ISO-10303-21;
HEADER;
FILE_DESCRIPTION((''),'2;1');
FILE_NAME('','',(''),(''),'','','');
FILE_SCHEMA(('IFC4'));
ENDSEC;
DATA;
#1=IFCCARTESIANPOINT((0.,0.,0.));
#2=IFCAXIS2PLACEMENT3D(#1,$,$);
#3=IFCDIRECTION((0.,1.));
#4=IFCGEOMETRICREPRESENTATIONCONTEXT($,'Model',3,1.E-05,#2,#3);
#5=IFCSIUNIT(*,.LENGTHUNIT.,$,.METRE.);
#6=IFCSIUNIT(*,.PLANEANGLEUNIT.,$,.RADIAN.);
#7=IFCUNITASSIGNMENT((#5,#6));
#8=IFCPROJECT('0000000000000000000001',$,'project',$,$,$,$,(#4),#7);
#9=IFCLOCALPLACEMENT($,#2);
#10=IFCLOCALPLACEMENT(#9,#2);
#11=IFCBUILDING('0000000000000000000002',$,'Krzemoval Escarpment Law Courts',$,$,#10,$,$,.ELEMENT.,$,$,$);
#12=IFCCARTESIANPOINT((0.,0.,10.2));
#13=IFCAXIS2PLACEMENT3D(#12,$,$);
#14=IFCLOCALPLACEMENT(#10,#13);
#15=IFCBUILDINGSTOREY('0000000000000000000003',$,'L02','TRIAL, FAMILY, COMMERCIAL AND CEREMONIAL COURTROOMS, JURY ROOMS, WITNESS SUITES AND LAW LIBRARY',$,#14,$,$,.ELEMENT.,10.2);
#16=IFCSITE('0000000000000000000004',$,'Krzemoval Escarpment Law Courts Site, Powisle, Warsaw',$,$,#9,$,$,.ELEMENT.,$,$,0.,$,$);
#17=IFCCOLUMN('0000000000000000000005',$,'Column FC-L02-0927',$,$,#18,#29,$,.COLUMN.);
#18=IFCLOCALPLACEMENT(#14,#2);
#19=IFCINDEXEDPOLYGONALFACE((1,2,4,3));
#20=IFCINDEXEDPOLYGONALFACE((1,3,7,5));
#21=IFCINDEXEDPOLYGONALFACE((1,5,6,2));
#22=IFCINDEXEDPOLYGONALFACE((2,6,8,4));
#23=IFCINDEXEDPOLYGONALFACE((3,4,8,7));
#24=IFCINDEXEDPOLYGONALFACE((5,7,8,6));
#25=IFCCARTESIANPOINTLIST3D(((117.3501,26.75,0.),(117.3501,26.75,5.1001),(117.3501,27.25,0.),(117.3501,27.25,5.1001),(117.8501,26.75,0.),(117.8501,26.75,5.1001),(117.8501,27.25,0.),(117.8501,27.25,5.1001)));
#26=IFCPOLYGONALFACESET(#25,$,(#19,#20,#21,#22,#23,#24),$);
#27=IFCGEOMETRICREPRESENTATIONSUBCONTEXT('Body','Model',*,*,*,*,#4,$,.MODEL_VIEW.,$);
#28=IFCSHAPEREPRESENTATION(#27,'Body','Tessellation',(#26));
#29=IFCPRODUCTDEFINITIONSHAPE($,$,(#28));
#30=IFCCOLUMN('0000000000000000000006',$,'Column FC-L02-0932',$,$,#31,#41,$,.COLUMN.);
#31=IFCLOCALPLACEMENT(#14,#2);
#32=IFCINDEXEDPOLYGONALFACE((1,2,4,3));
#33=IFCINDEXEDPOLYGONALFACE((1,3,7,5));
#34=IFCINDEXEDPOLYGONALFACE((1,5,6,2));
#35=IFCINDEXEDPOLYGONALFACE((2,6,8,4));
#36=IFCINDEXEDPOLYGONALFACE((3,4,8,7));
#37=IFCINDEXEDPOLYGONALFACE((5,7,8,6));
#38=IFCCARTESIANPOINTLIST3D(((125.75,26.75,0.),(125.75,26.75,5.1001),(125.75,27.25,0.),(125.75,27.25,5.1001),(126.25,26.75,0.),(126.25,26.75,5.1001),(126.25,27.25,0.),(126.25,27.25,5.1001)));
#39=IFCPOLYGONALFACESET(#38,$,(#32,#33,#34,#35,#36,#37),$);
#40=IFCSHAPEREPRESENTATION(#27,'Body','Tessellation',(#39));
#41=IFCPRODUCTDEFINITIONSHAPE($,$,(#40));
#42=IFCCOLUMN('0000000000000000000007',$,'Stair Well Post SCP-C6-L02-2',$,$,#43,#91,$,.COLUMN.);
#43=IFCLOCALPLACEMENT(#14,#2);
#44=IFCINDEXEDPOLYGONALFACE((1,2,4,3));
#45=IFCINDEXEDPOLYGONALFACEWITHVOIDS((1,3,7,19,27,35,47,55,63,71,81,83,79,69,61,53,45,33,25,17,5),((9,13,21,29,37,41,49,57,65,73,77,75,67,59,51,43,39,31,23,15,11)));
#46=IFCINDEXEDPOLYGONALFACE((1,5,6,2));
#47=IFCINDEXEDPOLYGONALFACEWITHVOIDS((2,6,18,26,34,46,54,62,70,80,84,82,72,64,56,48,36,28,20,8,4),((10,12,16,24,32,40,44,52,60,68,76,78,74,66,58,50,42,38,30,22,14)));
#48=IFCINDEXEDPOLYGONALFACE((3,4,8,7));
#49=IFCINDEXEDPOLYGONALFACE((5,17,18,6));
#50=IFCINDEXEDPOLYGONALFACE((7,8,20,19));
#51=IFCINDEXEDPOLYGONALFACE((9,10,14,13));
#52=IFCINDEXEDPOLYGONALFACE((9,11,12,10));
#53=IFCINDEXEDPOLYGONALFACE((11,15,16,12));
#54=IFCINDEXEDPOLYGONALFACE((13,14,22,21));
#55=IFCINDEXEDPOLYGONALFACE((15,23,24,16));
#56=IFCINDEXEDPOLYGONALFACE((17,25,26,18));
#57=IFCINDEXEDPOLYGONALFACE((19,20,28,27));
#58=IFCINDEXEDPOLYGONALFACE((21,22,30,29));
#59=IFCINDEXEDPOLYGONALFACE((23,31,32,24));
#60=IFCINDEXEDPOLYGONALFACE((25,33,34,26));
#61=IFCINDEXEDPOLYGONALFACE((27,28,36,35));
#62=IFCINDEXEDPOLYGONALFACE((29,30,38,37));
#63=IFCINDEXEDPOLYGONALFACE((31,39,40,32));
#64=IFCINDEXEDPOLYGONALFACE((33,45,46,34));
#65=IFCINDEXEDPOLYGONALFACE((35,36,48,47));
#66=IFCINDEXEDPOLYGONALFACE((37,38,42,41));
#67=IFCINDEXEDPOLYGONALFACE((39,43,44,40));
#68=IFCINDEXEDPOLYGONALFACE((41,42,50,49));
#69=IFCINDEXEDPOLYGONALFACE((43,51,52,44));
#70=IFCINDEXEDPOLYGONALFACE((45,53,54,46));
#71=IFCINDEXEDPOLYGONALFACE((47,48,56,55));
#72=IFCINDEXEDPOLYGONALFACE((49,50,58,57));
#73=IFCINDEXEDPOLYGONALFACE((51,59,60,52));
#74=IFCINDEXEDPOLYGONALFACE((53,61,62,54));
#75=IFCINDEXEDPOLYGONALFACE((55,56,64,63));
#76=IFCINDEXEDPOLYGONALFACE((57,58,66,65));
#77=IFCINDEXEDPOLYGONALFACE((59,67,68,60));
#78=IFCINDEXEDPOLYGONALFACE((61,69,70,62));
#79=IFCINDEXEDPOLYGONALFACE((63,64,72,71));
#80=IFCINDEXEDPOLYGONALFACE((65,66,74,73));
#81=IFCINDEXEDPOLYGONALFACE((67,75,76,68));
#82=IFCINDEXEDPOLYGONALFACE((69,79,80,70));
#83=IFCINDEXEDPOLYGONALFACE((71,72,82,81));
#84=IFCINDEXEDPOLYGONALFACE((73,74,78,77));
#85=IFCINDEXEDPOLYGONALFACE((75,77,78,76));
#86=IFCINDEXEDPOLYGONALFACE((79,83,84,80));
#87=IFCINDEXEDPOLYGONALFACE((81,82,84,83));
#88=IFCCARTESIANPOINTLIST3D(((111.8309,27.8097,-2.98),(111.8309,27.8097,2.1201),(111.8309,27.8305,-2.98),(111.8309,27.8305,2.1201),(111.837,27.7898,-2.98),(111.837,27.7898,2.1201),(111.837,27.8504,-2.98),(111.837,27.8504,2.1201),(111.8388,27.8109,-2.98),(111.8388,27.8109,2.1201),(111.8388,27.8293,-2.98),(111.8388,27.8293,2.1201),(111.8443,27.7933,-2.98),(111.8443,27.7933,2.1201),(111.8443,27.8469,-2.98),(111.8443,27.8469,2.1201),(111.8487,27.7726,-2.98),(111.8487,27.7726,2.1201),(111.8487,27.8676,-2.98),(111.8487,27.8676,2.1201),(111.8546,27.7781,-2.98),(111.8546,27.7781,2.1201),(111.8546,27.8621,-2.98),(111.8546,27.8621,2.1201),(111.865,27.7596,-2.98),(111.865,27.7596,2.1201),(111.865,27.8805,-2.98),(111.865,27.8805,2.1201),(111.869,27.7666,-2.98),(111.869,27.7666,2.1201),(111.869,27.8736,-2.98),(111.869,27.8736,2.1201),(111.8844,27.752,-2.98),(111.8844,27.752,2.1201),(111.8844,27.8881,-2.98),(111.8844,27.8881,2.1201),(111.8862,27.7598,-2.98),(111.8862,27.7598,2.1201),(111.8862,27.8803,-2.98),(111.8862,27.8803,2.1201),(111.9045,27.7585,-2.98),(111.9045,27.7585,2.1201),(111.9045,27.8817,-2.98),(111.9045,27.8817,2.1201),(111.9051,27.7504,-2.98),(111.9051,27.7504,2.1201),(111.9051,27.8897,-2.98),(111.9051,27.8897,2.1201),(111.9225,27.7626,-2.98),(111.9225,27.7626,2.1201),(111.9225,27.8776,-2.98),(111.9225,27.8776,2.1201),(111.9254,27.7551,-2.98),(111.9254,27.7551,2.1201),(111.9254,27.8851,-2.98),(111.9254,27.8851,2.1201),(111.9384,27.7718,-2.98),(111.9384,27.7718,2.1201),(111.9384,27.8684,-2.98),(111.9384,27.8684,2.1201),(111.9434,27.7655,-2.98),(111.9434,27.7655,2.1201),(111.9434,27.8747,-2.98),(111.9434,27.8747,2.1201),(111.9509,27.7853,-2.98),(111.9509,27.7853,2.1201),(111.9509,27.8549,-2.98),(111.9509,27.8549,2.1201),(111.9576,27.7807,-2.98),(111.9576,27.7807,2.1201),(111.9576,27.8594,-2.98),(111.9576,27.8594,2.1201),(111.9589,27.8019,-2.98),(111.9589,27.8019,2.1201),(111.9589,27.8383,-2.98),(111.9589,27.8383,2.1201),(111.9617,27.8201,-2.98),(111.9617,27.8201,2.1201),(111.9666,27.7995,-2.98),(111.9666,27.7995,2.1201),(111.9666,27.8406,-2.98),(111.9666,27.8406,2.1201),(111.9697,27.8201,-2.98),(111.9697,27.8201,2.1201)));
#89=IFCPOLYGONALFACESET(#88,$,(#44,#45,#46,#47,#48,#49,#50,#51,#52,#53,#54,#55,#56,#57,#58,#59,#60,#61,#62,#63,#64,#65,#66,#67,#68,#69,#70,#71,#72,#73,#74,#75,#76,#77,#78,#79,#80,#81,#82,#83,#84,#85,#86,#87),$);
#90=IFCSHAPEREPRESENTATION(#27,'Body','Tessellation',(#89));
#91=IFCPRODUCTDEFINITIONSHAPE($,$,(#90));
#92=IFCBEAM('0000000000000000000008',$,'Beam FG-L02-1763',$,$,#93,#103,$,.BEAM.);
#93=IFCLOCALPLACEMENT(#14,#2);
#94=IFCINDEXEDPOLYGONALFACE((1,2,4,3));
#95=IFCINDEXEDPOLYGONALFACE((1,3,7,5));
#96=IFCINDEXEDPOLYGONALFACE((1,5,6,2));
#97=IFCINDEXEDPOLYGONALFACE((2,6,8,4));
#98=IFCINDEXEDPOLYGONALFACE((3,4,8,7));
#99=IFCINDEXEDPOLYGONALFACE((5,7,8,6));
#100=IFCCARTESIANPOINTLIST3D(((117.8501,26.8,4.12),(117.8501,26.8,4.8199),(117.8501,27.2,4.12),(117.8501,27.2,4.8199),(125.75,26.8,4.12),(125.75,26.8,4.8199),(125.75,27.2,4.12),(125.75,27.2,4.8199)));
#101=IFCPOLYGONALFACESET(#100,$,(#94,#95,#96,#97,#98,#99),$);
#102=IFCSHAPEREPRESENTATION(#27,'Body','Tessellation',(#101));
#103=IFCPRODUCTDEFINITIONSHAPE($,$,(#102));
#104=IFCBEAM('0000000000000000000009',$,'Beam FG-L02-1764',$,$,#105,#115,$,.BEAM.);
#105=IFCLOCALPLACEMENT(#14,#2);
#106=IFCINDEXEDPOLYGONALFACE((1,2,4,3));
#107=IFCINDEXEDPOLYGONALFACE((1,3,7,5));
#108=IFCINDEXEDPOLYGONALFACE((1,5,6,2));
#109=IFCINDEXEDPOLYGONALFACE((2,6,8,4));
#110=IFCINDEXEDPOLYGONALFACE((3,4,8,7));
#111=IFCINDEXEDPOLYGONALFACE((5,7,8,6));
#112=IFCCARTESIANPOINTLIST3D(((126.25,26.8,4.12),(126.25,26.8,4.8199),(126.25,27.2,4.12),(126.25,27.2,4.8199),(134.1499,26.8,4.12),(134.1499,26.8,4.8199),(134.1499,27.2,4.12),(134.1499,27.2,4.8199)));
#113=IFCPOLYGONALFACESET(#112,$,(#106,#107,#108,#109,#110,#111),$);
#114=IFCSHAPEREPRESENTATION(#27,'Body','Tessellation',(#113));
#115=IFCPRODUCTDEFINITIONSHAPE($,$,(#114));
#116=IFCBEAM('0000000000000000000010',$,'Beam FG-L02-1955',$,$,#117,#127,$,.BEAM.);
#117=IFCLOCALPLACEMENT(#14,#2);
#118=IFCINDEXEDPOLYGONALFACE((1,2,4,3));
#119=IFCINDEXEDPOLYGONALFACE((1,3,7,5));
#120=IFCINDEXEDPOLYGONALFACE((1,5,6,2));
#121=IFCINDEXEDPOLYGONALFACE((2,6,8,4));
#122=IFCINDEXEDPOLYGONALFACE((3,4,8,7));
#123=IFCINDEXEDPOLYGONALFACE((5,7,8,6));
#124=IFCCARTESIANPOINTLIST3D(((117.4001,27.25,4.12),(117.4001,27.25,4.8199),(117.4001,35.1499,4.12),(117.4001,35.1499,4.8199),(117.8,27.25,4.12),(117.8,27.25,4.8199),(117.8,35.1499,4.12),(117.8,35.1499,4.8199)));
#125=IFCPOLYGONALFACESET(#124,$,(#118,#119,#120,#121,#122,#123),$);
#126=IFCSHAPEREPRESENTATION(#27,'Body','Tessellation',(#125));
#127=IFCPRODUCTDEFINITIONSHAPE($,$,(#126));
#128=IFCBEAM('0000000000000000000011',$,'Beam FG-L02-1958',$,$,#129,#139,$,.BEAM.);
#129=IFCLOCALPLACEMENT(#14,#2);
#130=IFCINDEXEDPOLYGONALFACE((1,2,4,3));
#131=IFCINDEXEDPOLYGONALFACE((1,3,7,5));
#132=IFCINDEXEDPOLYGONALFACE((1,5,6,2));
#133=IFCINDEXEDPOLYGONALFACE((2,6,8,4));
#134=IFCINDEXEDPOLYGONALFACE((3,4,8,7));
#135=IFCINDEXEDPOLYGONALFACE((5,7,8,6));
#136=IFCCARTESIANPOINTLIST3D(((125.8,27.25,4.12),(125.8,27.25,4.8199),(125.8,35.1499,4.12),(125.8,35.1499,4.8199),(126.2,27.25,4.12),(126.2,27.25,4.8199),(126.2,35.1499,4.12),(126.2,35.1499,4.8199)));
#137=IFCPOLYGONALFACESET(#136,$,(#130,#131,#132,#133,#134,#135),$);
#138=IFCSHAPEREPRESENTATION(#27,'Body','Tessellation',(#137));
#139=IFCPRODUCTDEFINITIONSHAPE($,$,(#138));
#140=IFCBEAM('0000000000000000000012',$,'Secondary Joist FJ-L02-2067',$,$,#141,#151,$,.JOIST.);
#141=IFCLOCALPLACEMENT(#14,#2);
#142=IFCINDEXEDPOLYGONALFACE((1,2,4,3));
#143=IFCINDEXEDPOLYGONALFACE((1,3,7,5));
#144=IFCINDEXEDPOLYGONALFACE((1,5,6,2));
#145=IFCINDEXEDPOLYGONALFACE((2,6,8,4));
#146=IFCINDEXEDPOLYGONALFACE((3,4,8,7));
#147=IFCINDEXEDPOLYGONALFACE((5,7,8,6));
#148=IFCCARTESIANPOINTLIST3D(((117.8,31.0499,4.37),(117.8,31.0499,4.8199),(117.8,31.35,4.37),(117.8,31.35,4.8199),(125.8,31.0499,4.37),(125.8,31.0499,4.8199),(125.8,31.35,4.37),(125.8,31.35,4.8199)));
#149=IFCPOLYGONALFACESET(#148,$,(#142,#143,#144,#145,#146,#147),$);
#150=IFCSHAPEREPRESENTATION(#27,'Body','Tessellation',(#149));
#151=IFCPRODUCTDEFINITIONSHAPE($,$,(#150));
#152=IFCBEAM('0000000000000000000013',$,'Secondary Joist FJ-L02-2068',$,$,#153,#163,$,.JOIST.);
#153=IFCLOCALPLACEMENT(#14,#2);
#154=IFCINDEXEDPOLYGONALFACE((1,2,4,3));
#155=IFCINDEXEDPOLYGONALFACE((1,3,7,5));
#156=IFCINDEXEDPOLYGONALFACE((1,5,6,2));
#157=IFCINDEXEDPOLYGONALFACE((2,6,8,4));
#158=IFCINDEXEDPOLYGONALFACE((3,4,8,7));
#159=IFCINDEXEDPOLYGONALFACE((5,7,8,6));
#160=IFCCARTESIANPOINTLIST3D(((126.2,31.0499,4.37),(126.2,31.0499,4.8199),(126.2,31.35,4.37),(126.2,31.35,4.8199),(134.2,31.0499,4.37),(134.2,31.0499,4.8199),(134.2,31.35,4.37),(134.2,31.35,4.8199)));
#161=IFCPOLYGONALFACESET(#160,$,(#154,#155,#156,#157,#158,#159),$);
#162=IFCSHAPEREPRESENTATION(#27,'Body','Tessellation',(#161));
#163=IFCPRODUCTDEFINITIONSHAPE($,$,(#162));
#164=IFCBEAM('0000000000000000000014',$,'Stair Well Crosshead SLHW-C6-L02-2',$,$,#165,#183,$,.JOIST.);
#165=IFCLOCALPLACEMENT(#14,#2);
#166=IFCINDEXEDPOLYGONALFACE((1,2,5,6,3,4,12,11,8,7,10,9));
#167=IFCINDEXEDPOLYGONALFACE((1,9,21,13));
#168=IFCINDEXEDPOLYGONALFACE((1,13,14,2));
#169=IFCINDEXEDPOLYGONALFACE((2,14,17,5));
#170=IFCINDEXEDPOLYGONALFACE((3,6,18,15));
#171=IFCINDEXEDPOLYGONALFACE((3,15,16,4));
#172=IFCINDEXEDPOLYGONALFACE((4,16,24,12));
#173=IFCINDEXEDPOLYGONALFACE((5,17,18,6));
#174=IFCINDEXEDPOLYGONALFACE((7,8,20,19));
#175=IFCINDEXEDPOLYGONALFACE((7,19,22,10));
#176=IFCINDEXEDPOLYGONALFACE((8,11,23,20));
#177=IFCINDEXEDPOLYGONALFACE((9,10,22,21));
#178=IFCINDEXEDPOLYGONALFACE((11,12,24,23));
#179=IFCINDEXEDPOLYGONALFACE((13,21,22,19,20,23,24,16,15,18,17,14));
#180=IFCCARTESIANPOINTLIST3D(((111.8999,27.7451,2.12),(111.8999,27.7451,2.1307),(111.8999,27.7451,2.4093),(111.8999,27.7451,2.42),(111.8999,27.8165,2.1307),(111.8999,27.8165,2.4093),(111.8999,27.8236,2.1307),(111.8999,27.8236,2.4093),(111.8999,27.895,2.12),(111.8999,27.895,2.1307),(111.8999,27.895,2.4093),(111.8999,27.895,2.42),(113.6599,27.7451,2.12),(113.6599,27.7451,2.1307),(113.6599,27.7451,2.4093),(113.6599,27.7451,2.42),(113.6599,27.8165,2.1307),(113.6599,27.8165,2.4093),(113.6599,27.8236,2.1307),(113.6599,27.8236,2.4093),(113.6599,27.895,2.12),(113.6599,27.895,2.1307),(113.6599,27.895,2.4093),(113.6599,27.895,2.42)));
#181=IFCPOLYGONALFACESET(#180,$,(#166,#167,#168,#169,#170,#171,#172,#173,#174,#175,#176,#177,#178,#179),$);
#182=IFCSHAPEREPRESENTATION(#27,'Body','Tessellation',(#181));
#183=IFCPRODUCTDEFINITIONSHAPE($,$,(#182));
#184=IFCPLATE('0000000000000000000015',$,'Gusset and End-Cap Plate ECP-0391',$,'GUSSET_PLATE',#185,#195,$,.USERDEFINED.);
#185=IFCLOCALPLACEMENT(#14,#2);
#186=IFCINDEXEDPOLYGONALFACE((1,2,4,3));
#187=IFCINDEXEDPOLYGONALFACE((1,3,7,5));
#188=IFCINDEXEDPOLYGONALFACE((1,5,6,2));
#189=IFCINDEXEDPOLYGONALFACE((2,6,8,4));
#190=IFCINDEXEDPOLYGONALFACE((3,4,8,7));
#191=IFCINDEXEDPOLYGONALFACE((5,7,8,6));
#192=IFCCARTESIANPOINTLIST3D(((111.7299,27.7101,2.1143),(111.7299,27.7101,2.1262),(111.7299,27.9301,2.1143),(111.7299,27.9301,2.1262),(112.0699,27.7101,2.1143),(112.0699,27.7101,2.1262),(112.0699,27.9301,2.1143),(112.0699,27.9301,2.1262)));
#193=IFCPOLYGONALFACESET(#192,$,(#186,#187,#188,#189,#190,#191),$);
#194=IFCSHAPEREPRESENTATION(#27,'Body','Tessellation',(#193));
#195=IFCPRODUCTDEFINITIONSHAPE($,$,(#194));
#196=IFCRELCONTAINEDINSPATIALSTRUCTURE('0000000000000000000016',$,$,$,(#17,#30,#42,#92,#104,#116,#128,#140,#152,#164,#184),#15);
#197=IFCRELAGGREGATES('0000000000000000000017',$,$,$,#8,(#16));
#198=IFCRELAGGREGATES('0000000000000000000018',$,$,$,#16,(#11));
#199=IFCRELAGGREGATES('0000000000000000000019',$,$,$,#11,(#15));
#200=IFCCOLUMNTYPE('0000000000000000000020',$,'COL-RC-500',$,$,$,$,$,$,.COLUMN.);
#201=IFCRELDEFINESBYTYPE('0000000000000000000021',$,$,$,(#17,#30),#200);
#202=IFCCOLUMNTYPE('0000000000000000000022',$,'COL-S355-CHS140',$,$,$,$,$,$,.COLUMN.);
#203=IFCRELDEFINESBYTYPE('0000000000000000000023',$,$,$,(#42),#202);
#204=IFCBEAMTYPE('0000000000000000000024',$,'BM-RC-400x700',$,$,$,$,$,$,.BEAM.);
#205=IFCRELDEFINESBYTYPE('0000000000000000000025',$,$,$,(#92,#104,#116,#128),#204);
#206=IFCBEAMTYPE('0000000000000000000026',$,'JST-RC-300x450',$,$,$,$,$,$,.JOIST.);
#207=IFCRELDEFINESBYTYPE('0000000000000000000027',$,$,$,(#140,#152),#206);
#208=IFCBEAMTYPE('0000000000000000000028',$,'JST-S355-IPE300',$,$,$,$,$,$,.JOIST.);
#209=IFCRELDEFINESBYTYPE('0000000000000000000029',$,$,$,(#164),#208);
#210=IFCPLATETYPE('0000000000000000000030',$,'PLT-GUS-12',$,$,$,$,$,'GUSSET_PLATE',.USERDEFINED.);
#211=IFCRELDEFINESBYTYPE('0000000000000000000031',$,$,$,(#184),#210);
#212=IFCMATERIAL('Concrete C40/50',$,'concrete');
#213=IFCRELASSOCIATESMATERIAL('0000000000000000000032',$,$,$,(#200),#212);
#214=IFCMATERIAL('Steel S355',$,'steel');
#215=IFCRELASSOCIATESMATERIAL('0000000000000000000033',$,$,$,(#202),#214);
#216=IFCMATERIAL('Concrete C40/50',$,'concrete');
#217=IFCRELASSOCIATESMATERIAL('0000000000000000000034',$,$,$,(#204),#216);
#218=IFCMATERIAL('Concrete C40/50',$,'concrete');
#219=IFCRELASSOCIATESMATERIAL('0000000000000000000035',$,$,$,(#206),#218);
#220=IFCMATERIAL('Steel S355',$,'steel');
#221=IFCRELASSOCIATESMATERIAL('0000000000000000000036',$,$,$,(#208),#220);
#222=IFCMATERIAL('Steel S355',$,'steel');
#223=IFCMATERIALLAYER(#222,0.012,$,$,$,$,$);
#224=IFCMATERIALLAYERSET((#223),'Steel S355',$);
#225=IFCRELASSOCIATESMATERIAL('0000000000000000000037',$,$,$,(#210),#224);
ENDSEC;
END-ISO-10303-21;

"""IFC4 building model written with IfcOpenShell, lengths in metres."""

from ifc_helpers import new_model, si_unit, direction, frame, origin, origin_2d, place, context, subcontext, project, spatial, rectangle, hollow_circle, i_section, extrude, material, layer, layer_set, material_profile, profile_set, type_object, element, save


model = new_model("IFC4")

# Units and contexts
model_context = context("Model", 3, precision=1e-05, world=origin(), true_north=direction((0.0, 1.0)))
body_context = subcontext(model_context, "Body", "Model", "MODEL_VIEW")
ifc_project = project(units=[si_unit("LENGTHUNIT", "METRE"), si_unit("PLANEANGLEUNIT", "RADIAN")], contexts=[model_context])

# Site, building, storey
site_placement = place(None, origin())
site = spatial("IfcSite", under=ifc_project, at=site_placement, Name="Krzemoval Escarpment Law Courts Site, Powisle, Warsaw", CompositionType="ELEMENT", RefElevation=0.0)
building_placement = place(site_placement, origin())
building = spatial("IfcBuilding", under=site, at=building_placement, Name="Krzemoval Escarpment Law Courts", CompositionType="ELEMENT")
storey_placement = place(building_placement, frame((0.0, 0.0, 10.2)))
storey = spatial("IfcBuildingStorey", under=building, at=storey_placement, Name="L02", Description="TRIAL, FAMILY, COMMERCIAL AND CEREMONIAL COURTROOMS, JURY ROOMS, WITNESS SUITES AND LAW LIBRARY", CompositionType="ELEMENT", Elevation=10.2)

# Columns
ifc_material_1 = material(Name="Concrete C40/50", Category="concrete")
ifc_material_profile_1 = material_profile(ifc_material_1, rectangle(XDim=0.5, YDim=0.5, at=origin_2d()), Name="RC 500x500")
ifc_profile_set_1 = profile_set([ifc_material_profile_1], Name="Concrete C40/50")
column_type_1 = type_object("IfcColumnType", Name="COL-RC-500", PredefinedType="COLUMN", material=ifc_profile_set_1)
for number, where, z_axis, x_axis, name in (
    (1, (117.6001, 27.0, 0.0), (0.0, 0.0, 1.0), (1.0, 0.0, 0.0), "Column FC-L02-0927"),
    (2, (126.0, 27.0, 0.0), (0.0, 0.0, 1.0), (1.0, 0.0, 0.0), "Column FC-L02-0932"),
):
    element("IfcColumn", number, at=place(storey_placement, frame(where, z_axis=z_axis, x_axis=x_axis)), inside=storey, type_object=column_type_1, Name=name, PredefinedType="COLUMN", context=body_context, shape_type="SweptSolid", body=[
        extrude(rectangle(XDim=0.5, YDim=0.5, at=origin_2d()), origin(), (0.0, 0.0, 1.0), 5.1001),
    ])
ifc_material_2 = material(Name="Steel S355", Category="steel")
ifc_material_profile_2 = material_profile(ifc_material_2, hollow_circle(Radius=0.0698, WallThickness=0.0081, at=origin_2d()), Name="CHS 139.7x8")
ifc_profile_set_2 = profile_set([ifc_material_profile_2], Name="Steel S355")
column_type_2 = type_object("IfcColumnType", Name="COL-S355-CHS140", PredefinedType="COLUMN", material=ifc_profile_set_2)
column_placement = place(storey_placement, frame((111.8999, 27.8201, -2.98), z_axis=(0.0, 0.0, 1.0), x_axis=(1.0, 0.0, 0.0)))
element("IfcColumn", 3, at=column_placement, inside=storey, type_object=column_type_2, Name="Stair Well Post SCP-C6-L02-2", PredefinedType="COLUMN", context=body_context, shape_type="SweptSolid", body=[
    extrude(hollow_circle(Radius=0.0698, WallThickness=0.0081, at=origin_2d()), origin(), (0.0, 0.0, 1.0), 5.1001),
])

# Beams
ifc_material_3 = material(Name="Concrete C40/50", Category="concrete")
ifc_material_profile_3 = material_profile(ifc_material_3, rectangle(XDim=0.3999, YDim=0.7, at=origin_2d()), Name="RCB 400x700")
ifc_profile_set_3 = profile_set([ifc_material_profile_3], Name="Concrete C40/50")
beam_type_1 = type_object("IfcBeamType", Name="BM-RC-400x700", PredefinedType="BEAM", material=ifc_profile_set_3)
for number, where, z_axis, x_axis, name in (
    (4, (117.8501, 27.0, 4.47), (1.0, 0.0, 0.0), (0.0, 1.0, 0.0), "Beam FG-L02-1763"),
    (5, (126.25, 27.0, 4.47), (1.0, 0.0, 0.0), (0.0, 1.0, 0.0), "Beam FG-L02-1764"),
    (6, (117.6001, 27.25, 4.47), (0.0, 1.0, 0.0), (-1.0, 0.0, 0.0), "Beam FG-L02-1955"),
    (7, (126.0, 27.25, 4.47), (0.0, 1.0, 0.0), (-1.0, 0.0, 0.0), "Beam FG-L02-1958"),
):
    element("IfcBeam", number, at=place(storey_placement, frame(where, z_axis=z_axis, x_axis=x_axis)), inside=storey, type_object=beam_type_1, Name=name, PredefinedType="BEAM", context=body_context, shape_type="SweptSolid", body=[
        extrude(rectangle(XDim=0.3999, YDim=0.7, at=origin_2d()), origin(), (0.0, 0.0, 1.0), 7.8999),
    ])
ifc_material_4 = material(Name="Concrete C40/50", Category="concrete")
ifc_material_profile_4 = material_profile(ifc_material_4, rectangle(XDim=0.3, YDim=0.45, at=origin_2d()), Name="RCB 300x450")
ifc_profile_set_4 = profile_set([ifc_material_profile_4], Name="Concrete C40/50")
beam_type_2 = type_object("IfcBeamType", Name="JST-RC-300x450", PredefinedType="JOIST", material=ifc_profile_set_4)
for number, where, z_axis, x_axis, name in (
    (8, (117.8, 31.2, 4.595), (1.0, 0.0, 0.0), (0.0, 1.0, 0.0), "Secondary Joist FJ-L02-2067"),
    (9, (126.2, 31.2, 4.595), (1.0, 0.0, 0.0), (0.0, 1.0, 0.0), "Secondary Joist FJ-L02-2068"),
):
    element("IfcBeam", number, at=place(storey_placement, frame(where, z_axis=z_axis, x_axis=x_axis)), inside=storey, type_object=beam_type_2, Name=name, PredefinedType="JOIST", context=body_context, shape_type="SweptSolid", body=[
        extrude(rectangle(XDim=0.3, YDim=0.45, at=origin_2d()), origin(), (0.0, 0.0, 1.0), 8.0),
    ])
ifc_material_5 = material(Name="Steel S355", Category="steel")
ifc_material_profile_5 = material_profile(ifc_material_5, i_section(OverallWidth=0.1499, OverallDepth=0.3, WebThickness=0.0071, FlangeThickness=0.0107, at=origin_2d()), Name="IPE 300")
ifc_profile_set_5 = profile_set([ifc_material_profile_5], Name="Steel S355")
beam_type_3 = type_object("IfcBeamType", Name="JST-S355-IPE300", PredefinedType="JOIST", material=ifc_profile_set_5)
beam_placement = place(storey_placement, frame((111.8999, 27.8201, 2.27), z_axis=(1.0, 0.0, 0.0), x_axis=(0.0, 1.0, 0.0)))
element("IfcBeam", 10, at=beam_placement, inside=storey, type_object=beam_type_3, Name="Stair Well Crosshead SLHW-C6-L02-2", PredefinedType="JOIST", context=body_context, shape_type="SweptSolid", body=[
    extrude(i_section(OverallWidth=0.1499, OverallDepth=0.3, WebThickness=0.0071, FlangeThickness=0.0107, at=origin_2d()), origin(), (0.0, 0.0, 1.0), 1.76),
])

# Plate
ifc_material_6 = material(Name="Steel S355", Category="steel")
ifc_layer_1 = layer(ifc_material_6, 0.012)
ifc_layer_set_1 = layer_set([ifc_layer_1], Name="Steel S355")
plate_type = type_object("IfcPlateType", Name="PLT-GUS-12", ElementType="GUSSET_PLATE", PredefinedType="USERDEFINED", material=ifc_layer_set_1)
plate_placement = place(storey_placement, frame((111.8999, 27.8201, 2.1143), z_axis=(0.0, 0.0, 1.0), x_axis=(1.0, 0.0, 0.0)))
element("IfcPlate", 11, at=plate_placement, inside=storey, type_object=plate_type, Name="Gusset and End-Cap Plate ECP-0391", ObjectType="GUSSET_PLATE", PredefinedType="USERDEFINED", context=body_context, shape_type="SweptSolid", body=[
    extrude(rectangle(XDim=0.3401, YDim=0.22, at=origin_2d()), origin(), (0.0, 0.0, 1.0), 0.012),
])

save(model, "model.ifc")
